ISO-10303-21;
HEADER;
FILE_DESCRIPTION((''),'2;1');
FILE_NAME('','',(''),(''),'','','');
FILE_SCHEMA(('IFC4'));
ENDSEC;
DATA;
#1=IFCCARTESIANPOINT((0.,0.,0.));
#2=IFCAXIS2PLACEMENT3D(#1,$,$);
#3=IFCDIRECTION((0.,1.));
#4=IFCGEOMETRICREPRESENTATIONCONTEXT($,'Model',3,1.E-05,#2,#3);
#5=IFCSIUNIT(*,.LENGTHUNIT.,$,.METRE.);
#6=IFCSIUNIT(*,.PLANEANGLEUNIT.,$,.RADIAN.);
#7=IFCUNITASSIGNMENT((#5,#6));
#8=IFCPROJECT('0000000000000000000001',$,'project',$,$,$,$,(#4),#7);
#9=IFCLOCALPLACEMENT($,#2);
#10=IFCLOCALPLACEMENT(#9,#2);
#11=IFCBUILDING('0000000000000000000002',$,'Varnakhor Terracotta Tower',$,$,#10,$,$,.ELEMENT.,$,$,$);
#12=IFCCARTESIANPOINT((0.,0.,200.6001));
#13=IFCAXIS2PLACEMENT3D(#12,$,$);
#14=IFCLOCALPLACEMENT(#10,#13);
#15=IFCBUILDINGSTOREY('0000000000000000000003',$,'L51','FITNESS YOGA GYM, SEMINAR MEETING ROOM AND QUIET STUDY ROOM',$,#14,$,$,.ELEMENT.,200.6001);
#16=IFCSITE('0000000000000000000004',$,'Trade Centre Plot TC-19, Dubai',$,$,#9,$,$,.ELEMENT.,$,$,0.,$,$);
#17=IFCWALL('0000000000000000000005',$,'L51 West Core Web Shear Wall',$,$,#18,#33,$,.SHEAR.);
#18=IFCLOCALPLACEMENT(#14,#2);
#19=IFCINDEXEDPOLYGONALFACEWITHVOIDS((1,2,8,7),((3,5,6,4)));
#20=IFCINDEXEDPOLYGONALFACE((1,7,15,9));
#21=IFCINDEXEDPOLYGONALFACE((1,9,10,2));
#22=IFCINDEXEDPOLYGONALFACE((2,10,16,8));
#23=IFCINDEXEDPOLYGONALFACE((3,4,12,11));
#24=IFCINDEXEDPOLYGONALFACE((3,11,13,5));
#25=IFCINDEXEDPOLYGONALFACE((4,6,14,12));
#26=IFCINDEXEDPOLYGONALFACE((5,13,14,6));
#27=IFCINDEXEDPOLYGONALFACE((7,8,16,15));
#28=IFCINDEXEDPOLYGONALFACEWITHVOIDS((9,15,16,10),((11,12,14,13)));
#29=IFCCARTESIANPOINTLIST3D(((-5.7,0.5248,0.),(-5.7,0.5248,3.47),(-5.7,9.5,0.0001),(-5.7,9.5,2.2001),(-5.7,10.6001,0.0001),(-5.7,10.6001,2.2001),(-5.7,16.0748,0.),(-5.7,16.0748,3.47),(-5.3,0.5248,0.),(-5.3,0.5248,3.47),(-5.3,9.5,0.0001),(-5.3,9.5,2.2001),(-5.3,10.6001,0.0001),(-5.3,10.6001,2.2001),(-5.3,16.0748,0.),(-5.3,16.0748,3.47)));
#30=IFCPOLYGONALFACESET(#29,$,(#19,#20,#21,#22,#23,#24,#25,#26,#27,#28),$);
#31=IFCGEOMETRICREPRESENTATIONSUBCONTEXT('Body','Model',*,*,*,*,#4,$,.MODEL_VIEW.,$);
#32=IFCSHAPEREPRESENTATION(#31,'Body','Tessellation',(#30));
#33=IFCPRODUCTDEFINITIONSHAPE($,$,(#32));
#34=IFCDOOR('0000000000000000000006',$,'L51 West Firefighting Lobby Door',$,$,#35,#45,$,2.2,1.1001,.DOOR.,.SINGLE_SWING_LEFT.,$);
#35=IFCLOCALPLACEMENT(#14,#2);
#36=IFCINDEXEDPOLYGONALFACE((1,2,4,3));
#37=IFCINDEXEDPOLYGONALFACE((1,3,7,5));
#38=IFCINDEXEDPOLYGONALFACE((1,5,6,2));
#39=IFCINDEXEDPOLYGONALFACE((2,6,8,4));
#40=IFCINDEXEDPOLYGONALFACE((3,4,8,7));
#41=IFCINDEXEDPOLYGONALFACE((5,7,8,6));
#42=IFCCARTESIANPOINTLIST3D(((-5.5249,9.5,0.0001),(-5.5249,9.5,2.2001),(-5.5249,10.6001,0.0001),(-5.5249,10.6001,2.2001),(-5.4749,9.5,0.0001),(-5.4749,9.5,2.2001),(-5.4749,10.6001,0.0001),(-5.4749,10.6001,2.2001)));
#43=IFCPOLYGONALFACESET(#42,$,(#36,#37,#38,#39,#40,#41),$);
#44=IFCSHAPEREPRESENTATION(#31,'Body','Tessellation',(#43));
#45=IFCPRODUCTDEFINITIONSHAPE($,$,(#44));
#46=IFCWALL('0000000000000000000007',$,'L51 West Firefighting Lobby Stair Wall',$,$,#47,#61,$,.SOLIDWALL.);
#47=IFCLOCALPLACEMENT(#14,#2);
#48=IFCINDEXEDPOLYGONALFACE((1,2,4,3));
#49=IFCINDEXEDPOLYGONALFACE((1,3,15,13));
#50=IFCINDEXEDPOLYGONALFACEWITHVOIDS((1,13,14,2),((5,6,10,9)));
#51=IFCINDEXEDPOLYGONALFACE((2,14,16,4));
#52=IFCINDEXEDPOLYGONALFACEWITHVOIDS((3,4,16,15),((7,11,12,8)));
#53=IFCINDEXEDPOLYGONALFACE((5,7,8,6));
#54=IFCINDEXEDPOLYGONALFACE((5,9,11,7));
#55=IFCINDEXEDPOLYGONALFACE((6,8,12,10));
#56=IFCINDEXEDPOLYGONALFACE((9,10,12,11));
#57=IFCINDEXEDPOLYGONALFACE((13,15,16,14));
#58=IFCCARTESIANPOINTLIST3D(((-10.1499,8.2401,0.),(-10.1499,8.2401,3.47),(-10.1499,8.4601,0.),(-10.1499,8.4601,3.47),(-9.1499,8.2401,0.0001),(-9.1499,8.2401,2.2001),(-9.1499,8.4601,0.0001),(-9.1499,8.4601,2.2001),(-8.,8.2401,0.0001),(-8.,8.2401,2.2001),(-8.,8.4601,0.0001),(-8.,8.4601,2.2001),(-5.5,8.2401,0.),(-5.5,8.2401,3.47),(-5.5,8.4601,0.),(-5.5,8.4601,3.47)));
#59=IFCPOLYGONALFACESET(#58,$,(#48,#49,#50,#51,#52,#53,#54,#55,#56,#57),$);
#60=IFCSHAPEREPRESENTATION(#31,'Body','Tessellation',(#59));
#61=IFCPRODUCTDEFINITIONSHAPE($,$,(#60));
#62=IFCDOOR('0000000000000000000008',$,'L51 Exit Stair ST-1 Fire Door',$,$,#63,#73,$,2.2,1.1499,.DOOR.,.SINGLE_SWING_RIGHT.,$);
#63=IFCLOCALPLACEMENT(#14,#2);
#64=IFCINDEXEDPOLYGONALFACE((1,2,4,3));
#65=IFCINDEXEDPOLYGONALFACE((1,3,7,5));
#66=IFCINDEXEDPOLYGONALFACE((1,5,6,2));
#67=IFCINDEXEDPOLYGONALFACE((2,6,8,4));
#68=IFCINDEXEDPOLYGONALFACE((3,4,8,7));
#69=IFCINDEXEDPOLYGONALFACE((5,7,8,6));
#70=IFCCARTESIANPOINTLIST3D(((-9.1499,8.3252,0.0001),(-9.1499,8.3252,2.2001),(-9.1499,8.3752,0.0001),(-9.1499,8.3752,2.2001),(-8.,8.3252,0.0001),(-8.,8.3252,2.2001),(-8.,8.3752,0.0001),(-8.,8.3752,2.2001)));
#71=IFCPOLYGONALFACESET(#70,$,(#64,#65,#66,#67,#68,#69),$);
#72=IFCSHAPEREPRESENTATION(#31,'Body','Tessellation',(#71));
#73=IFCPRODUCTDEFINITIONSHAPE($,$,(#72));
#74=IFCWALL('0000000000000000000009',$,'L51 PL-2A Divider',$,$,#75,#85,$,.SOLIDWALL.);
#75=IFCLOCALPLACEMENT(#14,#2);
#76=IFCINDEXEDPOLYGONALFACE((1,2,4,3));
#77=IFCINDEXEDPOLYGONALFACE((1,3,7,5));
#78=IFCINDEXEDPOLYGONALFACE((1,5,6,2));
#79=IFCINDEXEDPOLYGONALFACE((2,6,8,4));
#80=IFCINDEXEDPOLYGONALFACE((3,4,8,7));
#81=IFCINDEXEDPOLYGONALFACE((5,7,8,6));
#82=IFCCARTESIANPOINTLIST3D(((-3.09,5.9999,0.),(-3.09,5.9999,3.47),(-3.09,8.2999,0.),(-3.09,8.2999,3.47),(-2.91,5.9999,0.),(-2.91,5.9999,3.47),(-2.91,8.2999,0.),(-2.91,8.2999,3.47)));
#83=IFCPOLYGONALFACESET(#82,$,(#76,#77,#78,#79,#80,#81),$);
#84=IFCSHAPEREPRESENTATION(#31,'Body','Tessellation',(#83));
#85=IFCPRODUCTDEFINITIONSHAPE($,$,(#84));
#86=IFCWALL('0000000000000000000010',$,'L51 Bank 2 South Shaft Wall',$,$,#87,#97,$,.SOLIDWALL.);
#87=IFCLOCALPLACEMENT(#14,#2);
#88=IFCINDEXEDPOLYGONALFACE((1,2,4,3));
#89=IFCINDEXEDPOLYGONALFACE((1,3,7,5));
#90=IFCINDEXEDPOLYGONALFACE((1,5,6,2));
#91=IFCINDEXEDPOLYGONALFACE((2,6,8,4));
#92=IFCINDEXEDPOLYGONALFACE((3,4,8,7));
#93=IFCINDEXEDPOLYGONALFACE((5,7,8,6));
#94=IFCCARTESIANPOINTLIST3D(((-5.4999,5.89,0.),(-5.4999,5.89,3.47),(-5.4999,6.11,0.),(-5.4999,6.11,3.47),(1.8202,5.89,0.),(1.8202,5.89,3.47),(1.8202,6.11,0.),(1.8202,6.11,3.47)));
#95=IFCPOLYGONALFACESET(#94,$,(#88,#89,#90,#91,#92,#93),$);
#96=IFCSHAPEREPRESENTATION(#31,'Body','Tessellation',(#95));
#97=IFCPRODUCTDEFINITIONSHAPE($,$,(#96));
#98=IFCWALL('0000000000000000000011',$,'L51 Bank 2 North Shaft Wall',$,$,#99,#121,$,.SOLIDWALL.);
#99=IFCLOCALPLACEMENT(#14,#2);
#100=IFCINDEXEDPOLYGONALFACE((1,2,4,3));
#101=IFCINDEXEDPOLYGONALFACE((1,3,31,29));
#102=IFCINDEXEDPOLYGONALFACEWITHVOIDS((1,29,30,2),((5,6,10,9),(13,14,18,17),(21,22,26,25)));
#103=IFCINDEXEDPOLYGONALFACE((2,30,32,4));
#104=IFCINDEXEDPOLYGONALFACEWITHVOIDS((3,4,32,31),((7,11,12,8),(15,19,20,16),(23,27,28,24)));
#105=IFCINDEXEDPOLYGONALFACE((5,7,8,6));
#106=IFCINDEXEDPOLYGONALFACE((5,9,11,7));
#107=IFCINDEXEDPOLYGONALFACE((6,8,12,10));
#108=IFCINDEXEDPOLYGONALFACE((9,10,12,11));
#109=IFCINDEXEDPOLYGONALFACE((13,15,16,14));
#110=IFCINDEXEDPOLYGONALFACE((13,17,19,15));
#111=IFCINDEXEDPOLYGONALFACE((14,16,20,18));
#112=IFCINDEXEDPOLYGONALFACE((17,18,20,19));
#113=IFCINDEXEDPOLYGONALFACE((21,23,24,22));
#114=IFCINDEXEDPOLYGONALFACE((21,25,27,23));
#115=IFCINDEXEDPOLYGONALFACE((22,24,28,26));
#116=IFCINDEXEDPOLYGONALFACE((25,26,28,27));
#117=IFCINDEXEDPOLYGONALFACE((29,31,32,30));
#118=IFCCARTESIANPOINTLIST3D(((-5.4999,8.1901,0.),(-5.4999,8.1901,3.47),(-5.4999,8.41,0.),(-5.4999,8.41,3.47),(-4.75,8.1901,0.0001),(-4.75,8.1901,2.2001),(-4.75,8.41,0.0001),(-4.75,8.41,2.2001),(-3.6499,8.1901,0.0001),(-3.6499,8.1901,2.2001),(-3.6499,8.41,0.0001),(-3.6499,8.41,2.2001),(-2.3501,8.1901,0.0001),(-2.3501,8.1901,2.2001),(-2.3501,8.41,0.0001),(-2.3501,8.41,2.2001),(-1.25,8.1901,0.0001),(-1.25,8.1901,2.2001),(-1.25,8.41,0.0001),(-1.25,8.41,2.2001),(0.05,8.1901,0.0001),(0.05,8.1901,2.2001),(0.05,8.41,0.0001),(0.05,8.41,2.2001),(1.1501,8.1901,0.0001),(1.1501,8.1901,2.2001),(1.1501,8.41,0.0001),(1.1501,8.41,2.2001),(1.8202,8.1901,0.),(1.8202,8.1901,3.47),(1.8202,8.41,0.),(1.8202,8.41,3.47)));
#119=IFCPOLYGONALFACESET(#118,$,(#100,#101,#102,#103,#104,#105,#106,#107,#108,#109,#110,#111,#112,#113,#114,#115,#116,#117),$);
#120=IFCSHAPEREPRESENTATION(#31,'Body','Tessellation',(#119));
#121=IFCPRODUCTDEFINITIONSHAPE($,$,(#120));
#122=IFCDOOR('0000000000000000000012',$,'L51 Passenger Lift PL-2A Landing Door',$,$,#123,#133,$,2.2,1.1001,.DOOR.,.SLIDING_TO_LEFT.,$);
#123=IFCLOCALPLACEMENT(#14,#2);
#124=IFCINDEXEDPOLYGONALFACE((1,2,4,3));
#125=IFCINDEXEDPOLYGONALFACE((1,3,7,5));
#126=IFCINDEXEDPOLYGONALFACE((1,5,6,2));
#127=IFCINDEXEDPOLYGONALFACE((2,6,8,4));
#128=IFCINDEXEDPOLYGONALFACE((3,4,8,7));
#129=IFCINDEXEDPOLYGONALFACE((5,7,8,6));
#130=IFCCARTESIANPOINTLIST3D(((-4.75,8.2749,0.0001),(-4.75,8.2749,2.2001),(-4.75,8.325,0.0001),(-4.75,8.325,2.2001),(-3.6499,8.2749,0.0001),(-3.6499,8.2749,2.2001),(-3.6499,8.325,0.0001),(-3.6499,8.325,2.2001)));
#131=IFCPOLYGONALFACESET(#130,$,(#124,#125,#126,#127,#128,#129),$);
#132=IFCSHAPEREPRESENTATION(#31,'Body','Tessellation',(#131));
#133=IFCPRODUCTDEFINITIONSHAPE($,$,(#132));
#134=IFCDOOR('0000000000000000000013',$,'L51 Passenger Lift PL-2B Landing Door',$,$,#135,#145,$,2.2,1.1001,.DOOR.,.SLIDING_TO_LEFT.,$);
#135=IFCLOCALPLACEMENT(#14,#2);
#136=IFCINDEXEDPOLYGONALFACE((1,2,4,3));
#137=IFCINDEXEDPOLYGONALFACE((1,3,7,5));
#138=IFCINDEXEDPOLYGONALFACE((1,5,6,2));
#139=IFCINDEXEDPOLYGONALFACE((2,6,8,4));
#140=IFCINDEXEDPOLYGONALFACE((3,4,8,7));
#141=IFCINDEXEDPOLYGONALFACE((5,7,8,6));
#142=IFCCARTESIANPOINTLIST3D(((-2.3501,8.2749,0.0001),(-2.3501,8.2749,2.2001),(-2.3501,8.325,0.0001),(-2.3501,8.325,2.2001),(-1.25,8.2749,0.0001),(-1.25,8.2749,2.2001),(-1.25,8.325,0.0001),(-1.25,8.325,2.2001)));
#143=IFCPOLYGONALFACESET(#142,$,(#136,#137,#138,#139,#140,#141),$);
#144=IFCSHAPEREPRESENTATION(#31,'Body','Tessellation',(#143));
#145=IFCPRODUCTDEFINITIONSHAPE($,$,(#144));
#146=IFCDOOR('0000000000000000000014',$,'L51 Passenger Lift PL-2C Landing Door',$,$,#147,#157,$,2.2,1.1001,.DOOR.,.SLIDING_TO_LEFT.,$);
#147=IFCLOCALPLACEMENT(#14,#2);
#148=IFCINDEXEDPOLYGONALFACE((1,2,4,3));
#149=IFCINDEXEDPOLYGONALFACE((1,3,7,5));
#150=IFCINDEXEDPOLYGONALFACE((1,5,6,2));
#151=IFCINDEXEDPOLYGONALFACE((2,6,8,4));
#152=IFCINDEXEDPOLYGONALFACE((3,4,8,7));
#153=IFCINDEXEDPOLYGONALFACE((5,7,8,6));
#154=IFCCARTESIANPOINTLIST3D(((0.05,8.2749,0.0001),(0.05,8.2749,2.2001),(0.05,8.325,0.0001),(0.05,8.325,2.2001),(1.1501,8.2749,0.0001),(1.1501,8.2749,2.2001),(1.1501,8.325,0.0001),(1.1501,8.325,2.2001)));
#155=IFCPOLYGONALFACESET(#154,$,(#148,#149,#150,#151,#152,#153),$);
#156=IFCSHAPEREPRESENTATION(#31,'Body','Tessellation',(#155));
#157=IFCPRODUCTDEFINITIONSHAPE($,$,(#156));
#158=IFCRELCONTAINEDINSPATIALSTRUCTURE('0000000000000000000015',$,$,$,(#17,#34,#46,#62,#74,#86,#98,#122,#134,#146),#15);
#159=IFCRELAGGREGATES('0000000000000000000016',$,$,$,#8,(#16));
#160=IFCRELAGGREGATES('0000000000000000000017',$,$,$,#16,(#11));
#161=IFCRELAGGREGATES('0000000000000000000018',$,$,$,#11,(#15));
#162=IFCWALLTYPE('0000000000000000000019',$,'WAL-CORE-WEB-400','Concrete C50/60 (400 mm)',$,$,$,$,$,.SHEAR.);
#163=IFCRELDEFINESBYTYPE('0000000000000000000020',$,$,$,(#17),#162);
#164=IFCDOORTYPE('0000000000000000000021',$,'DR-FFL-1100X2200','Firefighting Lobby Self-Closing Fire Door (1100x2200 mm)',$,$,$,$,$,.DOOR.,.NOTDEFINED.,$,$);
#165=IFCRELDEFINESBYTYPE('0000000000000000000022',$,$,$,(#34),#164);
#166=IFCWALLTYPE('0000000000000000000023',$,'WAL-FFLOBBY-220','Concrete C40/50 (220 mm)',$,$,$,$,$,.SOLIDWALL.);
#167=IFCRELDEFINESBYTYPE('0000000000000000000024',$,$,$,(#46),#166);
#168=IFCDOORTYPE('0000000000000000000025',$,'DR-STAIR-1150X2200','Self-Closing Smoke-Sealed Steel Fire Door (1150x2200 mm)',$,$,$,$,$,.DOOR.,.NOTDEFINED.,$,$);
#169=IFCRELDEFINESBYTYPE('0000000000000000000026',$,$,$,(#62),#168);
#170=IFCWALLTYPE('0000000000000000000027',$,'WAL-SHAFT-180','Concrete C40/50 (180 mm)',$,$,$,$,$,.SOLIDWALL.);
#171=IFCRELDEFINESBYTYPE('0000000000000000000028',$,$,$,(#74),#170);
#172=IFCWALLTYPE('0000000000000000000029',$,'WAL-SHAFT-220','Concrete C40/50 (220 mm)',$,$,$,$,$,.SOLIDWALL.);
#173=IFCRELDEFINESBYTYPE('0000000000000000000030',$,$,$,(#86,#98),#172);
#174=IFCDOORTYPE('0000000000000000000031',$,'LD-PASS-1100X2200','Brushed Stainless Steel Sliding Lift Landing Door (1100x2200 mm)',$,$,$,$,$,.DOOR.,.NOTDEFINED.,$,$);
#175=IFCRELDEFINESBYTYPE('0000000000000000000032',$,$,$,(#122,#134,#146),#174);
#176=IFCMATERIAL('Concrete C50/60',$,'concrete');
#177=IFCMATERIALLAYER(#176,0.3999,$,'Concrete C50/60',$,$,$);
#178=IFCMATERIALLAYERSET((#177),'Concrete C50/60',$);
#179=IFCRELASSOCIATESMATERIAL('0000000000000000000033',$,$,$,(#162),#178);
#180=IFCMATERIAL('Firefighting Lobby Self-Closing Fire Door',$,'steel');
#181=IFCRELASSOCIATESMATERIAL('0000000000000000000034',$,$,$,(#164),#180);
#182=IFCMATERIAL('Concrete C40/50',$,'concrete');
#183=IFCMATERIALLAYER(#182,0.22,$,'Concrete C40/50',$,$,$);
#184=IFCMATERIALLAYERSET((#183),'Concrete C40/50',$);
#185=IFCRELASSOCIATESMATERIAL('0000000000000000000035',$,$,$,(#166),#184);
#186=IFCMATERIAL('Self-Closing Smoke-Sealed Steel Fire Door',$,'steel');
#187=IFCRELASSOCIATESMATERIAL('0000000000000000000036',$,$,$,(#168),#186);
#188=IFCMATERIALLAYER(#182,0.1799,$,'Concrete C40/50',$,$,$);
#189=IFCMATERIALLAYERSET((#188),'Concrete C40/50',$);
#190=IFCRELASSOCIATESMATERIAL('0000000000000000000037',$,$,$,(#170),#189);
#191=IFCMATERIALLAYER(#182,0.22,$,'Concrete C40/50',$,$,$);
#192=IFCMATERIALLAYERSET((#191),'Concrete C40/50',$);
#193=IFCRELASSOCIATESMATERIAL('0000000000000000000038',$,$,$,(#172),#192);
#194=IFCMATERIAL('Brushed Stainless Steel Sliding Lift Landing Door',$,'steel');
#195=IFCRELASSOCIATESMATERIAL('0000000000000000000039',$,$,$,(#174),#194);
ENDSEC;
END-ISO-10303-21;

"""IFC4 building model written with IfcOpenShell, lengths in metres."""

from ifc_helpers import new_model, si_unit, direction, frame, frame_2d, origin, place, context, subcontext, project, spatial, rectangle, extrude, source, transform, mapped, material, layer, layer_set, type_object, type_shapes, element, fill, save


model = new_model("IFC4")

# Units and contexts
model_context = context("Model", 3, precision=1e-05, world=origin(), true_north=direction((0.0, 1.0)))
body_context = subcontext(model_context, "Body", "Model", "MODEL_VIEW")
ifc_project = project(units=[si_unit("LENGTHUNIT", "METRE"), si_unit("PLANEANGLEUNIT", "RADIAN")], contexts=[model_context])

# Site, building, storey
site_placement = place(None, origin())
site = spatial("IfcSite", under=ifc_project, at=site_placement, Name="Trade Centre Plot TC-19, Dubai", CompositionType="ELEMENT", RefElevation=0.0)
building_placement = place(site_placement, origin())
building = spatial("IfcBuilding", under=site, at=building_placement, Name="Varnakhor Terracotta Tower", CompositionType="ELEMENT")
storey_placement = place(building_placement, frame((0.0, 0.0, 200.6001)))
storey = spatial("IfcBuildingStorey", under=building, at=storey_placement, Name="L51", Description="FITNESS YOGA GYM, SEMINAR MEETING ROOM AND QUIET STUDY ROOM", CompositionType="ELEMENT", Elevation=200.6001)

# Shared definitions
ifc_material_1 = material(Name="Concrete C50/60", Category="concrete")

# Walls, openings, doors
ifc_layer_1 = layer(ifc_material_1, 0.3999, Name="Concrete C50/60")
ifc_layer_set_1 = layer_set([ifc_layer_1], Name="Concrete C50/60")
wall_type_1 = type_object("IfcWallType", Name="WAL-CORE-WEB-400", Description="Concrete C50/60 (400 mm)", PredefinedType="SHEAR", material=ifc_layer_set_1)
wall_1_placement = place(storey_placement, frame((-5.5, 0.5249, 0.0), z_axis=(0.0, 0.0, 1.0), x_axis=(0.0, 1.0, 0.0)))
wall_1 = element("IfcWall", 1, at=wall_1_placement, inside=storey, type_object=wall_type_1, Name="L51 West Core Web Shear Wall", PredefinedType="SHEAR", context=body_context, shape_type="SweptSolid", body=[
    extrude(rectangle(XDim=15.55, YDim=0.3999, at=frame_2d((7.7749, 0.0))), origin(), (0.0, 0.0, 1.0), 3.47),
])
opening_1_placement = place(wall_1_placement, frame((8.9751, 0.0, 0.0)))
opening_1 = element("IfcOpeningElement", 2, at=opening_1_placement, cuts=wall_1, PredefinedType="OPENING", context=body_context, shape_type="SweptSolid", body=[
    extrude(rectangle(XDim=1.1001, YDim=2.2, at=frame_2d((0.55, 1.1001))), frame((0.0, 0.21, 0.0), z_axis=(0.0, -1.0, 0.0), x_axis=(1.0, 0.0, 0.0)), (0.0, 0.0, 1.0), 0.4199),
])
ifc_material_2 = material(Name="Firefighting Lobby Self-Closing Fire Door", Category="steel")
door_type_1 = type_object("IfcDoorType", Name="DR-FFL-1100X2200", Description="Firefighting Lobby Self-Closing Fire Door (1100x2200 mm)", OperationType="NOTDEFINED", PredefinedType="DOOR", material=ifc_material_2)
shared_shape_1 = source(origin(), body_context, "Body", "SweptSolid", [
    extrude(rectangle(XDim=1.1001, YDim=2.2, at=frame_2d((0.55, 1.1001))), frame((0.0, 0.0249, 0.0), z_axis=(0.0, -1.0, 0.0), x_axis=(1.0, 0.0, 0.0)), (0.0, 0.0, 1.0), 0.05),
])
type_shapes(door_type_1, [shared_shape_1])
door_1_placement = place(opening_1_placement, origin())
door_1 = element("IfcDoor", 3, at=door_1_placement, inside=storey, type_object=door_type_1, Name="L51 West Firefighting Lobby Door", OperationType="SINGLE_SWING_LEFT", OverallHeight=2.2, OverallWidth=1.1001, PredefinedType="DOOR", context=body_context, shape_type="MappedRepresentation", body=[
    mapped(shared_shape_1, transform((0.0, 0.0, 0.0), scale=1.0)),
])
fill(opening_1, door_1)
ifc_material_3 = material(Name="Concrete C40/50", Category="concrete")
ifc_layer_2 = layer(ifc_material_3, 0.22, Name="Concrete C40/50")
ifc_layer_set_2 = layer_set([ifc_layer_2], Name="Concrete C40/50")
wall_type_2 = type_object("IfcWallType", Name="WAL-FFLOBBY-220", Description="Concrete C40/50 (220 mm)", PredefinedType="SOLIDWALL", material=ifc_layer_set_2)
wall_2_placement = place(storey_placement, frame((-5.5, 8.3501, 0.0), z_axis=(0.0, 0.0, 1.0), x_axis=(-1.0, 0.0, 0.0)))
wall_2 = element("IfcWall", 4, at=wall_2_placement, inside=storey, type_object=wall_type_2, Name="L51 West Firefighting Lobby Stair Wall", PredefinedType="SOLIDWALL", context=body_context, shape_type="SweptSolid", body=[
    extrude(rectangle(XDim=4.6499, YDim=0.22, at=frame_2d((2.325, 0.0))), origin(), (0.0, 0.0, 1.0), 3.47),
])
opening_2_placement = place(wall_2_placement, frame((2.5, 0.0, 0.0)))
opening_2 = element("IfcOpeningElement", 5, at=opening_2_placement, cuts=wall_2, PredefinedType="OPENING", context=body_context, shape_type="SweptSolid", body=[
    extrude(rectangle(XDim=1.1499, YDim=2.2, at=frame_2d((0.575, 1.1001))), frame((0.0, 0.1201, 0.0), z_axis=(0.0, -1.0, 0.0), x_axis=(1.0, 0.0, 0.0)), (0.0, 0.0, 1.0), 0.24),
])
ifc_material_4 = material(Name="Self-Closing Smoke-Sealed Steel Fire Door", Category="steel")
door_type_2 = type_object("IfcDoorType", Name="DR-STAIR-1150X2200", Description="Self-Closing Smoke-Sealed Steel Fire Door (1150x2200 mm)", OperationType="NOTDEFINED", PredefinedType="DOOR", material=ifc_material_4)
shared_shape_2 = source(origin(), body_context, "Body", "SweptSolid", [
    extrude(rectangle(XDim=1.1499, YDim=2.2, at=frame_2d((0.575, 1.1001))), frame((0.0, 0.0249, 0.0), z_axis=(0.0, -1.0, 0.0), x_axis=(1.0, 0.0, 0.0)), (0.0, 0.0, 1.0), 0.05),
])
type_shapes(door_type_2, [shared_shape_2])
door_2_placement = place(opening_2_placement, origin())
door_2 = element("IfcDoor", 6, at=door_2_placement, inside=storey, type_object=door_type_2, Name="L51 Exit Stair ST-1 Fire Door", OperationType="SINGLE_SWING_RIGHT", OverallHeight=2.2, OverallWidth=1.1499, PredefinedType="DOOR", context=body_context, shape_type="MappedRepresentation", body=[
    mapped(shared_shape_2, transform((0.0, 0.0, 0.0), scale=1.0)),
])
fill(opening_2, door_2)

# Walls
ifc_layer_3 = layer(ifc_material_3, 0.1799, Name="Concrete C40/50")
ifc_layer_set_3 = layer_set([ifc_layer_3], Name="Concrete C40/50")
wall_type_3 = type_object("IfcWallType", Name="WAL-SHAFT-180", Description="Concrete C40/50 (180 mm)", PredefinedType="SOLIDWALL", material=ifc_layer_set_3)
wall_3_placement = place(storey_placement, frame((-3.0, 6.0, 0.0), z_axis=(0.0, 0.0, 1.0), x_axis=(0.0, 1.0, 0.0)))
element("IfcWall", 7, at=wall_3_placement, inside=storey, type_object=wall_type_3, Name="L51 PL-2A Divider", PredefinedType="SOLIDWALL", context=body_context, shape_type="SweptSolid", body=[
    extrude(rectangle(XDim=2.3, YDim=0.1799, at=frame_2d((1.1499, 0.0))), origin(), (0.0, 0.0, 1.0), 3.47),
])
ifc_layer_4 = layer(ifc_material_3, 0.22, Name="Concrete C40/50")
ifc_layer_set_4 = layer_set([ifc_layer_4], Name="Concrete C40/50")
wall_type_4 = type_object("IfcWallType", Name="WAL-SHAFT-220", Description="Concrete C40/50 (220 mm)", PredefinedType="SOLIDWALL", material=ifc_layer_set_4)
wall_4_placement = place(storey_placement, frame((-5.5, 6.0, 0.0), z_axis=(0.0, 0.0, 1.0), x_axis=(1.0, 0.0, 0.0)))
element("IfcWall", 8, at=wall_4_placement, inside=storey, type_object=wall_type_4, Name="L51 Bank 2 South Shaft Wall", PredefinedType="SOLIDWALL", context=body_context, shape_type="SweptSolid", body=[
    extrude(rectangle(XDim=7.3201, YDim=0.22, at=frame_2d((3.6602, 0.0))), origin(), (0.0, 0.0, 1.0), 3.47),
])

# Wall, openings, doors
wall_5_placement = place(storey_placement, frame((-5.5, 8.3, 0.0), z_axis=(0.0, 0.0, 1.0), x_axis=(1.0, 0.0, 0.0)))
wall_5 = element("IfcWall", 9, at=wall_5_placement, inside=storey, type_object=wall_type_4, Name="L51 Bank 2 North Shaft Wall", PredefinedType="SOLIDWALL", context=body_context, shape_type="SweptSolid", body=[
    extrude(rectangle(XDim=7.3201, YDim=0.22, at=frame_2d((3.6602, 0.0))), origin(), (0.0, 0.0, 1.0), 3.47),
])
opening_3_placement = place(wall_5_placement, frame((0.75, 0.0, 0.0)))
opening_3 = element("IfcOpeningElement", 10, at=opening_3_placement, cuts=wall_5, PredefinedType="OPENING", context=body_context, shape_type="SweptSolid", body=[
    extrude(rectangle(XDim=1.1001, YDim=2.2, at=frame_2d((0.55, 1.1001))), frame((0.0, 0.1201, 0.0), z_axis=(0.0, -1.0, 0.0), x_axis=(1.0, 0.0, 0.0)), (0.0, 0.0, 1.0), 0.24),
])
opening_4_placement = place(wall_5_placement, frame((3.1499, 0.0, 0.0)))
opening_4 = element("IfcOpeningElement", 11, at=opening_4_placement, cuts=wall_5, PredefinedType="OPENING", context=body_context, shape_type="SweptSolid", body=[
    extrude(rectangle(XDim=1.1001, YDim=2.2, at=frame_2d((0.55, 1.1001))), frame((0.0, 0.1201, 0.0), z_axis=(0.0, -1.0, 0.0), x_axis=(1.0, 0.0, 0.0)), (0.0, 0.0, 1.0), 0.24),
])
opening_5_placement = place(wall_5_placement, frame((5.55, 0.0, 0.0)))
opening_5 = element("IfcOpeningElement", 12, at=opening_5_placement, cuts=wall_5, PredefinedType="OPENING", context=body_context, shape_type="SweptSolid", body=[
    extrude(rectangle(XDim=1.1001, YDim=2.2, at=frame_2d((0.55, 1.1001))), frame((0.0, 0.1201, 0.0), z_axis=(0.0, -1.0, 0.0), x_axis=(1.0, 0.0, 0.0)), (0.0, 0.0, 1.0), 0.24),
])
ifc_material_5 = material(Name="Brushed Stainless Steel Sliding Lift Landing Door", Category="steel")
door_type_3 = type_object("IfcDoorType", Name="LD-PASS-1100X2200", Description="Brushed Stainless Steel Sliding Lift Landing Door (1100x2200 mm)", OperationType="NOTDEFINED", PredefinedType="DOOR", material=ifc_material_5)
shared_shape_3 = source(origin(), body_context, "Body", "SweptSolid", [
    extrude(rectangle(XDim=1.1001, YDim=2.2, at=frame_2d((0.55, 1.1001))), frame((0.0, 0.0249, 0.0), z_axis=(0.0, -1.0, 0.0), x_axis=(1.0, 0.0, 0.0)), (0.0, 0.0, 1.0), 0.05),
])
type_shapes(door_type_3, [shared_shape_3])
door_3_placement = place(opening_3_placement, origin())
door_3 = element("IfcDoor", 13, at=door_3_placement, inside=storey, type_object=door_type_3, Name="L51 Passenger Lift PL-2A Landing Door", OperationType="SLIDING_TO_LEFT", OverallHeight=2.2, OverallWidth=1.1001, PredefinedType="DOOR", context=body_context, shape_type="MappedRepresentation", body=[
    mapped(shared_shape_3, transform((0.0, 0.0, 0.0), scale=1.0)),
])
fill(opening_3, door_3)
door_4_placement = place(opening_4_placement, origin())
door_4 = element("IfcDoor", 14, at=door_4_placement, inside=storey, type_object=door_type_3, Name="L51 Passenger Lift PL-2B Landing Door", OperationType="SLIDING_TO_LEFT", OverallHeight=2.2, OverallWidth=1.1001, PredefinedType="DOOR", context=body_context, shape_type="MappedRepresentation", body=[
    mapped(shared_shape_3, transform((0.0, 0.0, 0.0), scale=1.0)),
])
fill(opening_4, door_4)
door_5_placement = place(opening_5_placement, origin())
door_5 = element("IfcDoor", 15, at=door_5_placement, inside=storey, type_object=door_type_3, Name="L51 Passenger Lift PL-2C Landing Door", OperationType="SLIDING_TO_LEFT", OverallHeight=2.2, OverallWidth=1.1001, PredefinedType="DOOR", context=body_context, shape_type="MappedRepresentation", body=[
    mapped(shared_shape_3, transform((0.0, 0.0, 0.0), scale=1.0)),
])
fill(opening_5, door_5)

save(model, "model.ifc")
